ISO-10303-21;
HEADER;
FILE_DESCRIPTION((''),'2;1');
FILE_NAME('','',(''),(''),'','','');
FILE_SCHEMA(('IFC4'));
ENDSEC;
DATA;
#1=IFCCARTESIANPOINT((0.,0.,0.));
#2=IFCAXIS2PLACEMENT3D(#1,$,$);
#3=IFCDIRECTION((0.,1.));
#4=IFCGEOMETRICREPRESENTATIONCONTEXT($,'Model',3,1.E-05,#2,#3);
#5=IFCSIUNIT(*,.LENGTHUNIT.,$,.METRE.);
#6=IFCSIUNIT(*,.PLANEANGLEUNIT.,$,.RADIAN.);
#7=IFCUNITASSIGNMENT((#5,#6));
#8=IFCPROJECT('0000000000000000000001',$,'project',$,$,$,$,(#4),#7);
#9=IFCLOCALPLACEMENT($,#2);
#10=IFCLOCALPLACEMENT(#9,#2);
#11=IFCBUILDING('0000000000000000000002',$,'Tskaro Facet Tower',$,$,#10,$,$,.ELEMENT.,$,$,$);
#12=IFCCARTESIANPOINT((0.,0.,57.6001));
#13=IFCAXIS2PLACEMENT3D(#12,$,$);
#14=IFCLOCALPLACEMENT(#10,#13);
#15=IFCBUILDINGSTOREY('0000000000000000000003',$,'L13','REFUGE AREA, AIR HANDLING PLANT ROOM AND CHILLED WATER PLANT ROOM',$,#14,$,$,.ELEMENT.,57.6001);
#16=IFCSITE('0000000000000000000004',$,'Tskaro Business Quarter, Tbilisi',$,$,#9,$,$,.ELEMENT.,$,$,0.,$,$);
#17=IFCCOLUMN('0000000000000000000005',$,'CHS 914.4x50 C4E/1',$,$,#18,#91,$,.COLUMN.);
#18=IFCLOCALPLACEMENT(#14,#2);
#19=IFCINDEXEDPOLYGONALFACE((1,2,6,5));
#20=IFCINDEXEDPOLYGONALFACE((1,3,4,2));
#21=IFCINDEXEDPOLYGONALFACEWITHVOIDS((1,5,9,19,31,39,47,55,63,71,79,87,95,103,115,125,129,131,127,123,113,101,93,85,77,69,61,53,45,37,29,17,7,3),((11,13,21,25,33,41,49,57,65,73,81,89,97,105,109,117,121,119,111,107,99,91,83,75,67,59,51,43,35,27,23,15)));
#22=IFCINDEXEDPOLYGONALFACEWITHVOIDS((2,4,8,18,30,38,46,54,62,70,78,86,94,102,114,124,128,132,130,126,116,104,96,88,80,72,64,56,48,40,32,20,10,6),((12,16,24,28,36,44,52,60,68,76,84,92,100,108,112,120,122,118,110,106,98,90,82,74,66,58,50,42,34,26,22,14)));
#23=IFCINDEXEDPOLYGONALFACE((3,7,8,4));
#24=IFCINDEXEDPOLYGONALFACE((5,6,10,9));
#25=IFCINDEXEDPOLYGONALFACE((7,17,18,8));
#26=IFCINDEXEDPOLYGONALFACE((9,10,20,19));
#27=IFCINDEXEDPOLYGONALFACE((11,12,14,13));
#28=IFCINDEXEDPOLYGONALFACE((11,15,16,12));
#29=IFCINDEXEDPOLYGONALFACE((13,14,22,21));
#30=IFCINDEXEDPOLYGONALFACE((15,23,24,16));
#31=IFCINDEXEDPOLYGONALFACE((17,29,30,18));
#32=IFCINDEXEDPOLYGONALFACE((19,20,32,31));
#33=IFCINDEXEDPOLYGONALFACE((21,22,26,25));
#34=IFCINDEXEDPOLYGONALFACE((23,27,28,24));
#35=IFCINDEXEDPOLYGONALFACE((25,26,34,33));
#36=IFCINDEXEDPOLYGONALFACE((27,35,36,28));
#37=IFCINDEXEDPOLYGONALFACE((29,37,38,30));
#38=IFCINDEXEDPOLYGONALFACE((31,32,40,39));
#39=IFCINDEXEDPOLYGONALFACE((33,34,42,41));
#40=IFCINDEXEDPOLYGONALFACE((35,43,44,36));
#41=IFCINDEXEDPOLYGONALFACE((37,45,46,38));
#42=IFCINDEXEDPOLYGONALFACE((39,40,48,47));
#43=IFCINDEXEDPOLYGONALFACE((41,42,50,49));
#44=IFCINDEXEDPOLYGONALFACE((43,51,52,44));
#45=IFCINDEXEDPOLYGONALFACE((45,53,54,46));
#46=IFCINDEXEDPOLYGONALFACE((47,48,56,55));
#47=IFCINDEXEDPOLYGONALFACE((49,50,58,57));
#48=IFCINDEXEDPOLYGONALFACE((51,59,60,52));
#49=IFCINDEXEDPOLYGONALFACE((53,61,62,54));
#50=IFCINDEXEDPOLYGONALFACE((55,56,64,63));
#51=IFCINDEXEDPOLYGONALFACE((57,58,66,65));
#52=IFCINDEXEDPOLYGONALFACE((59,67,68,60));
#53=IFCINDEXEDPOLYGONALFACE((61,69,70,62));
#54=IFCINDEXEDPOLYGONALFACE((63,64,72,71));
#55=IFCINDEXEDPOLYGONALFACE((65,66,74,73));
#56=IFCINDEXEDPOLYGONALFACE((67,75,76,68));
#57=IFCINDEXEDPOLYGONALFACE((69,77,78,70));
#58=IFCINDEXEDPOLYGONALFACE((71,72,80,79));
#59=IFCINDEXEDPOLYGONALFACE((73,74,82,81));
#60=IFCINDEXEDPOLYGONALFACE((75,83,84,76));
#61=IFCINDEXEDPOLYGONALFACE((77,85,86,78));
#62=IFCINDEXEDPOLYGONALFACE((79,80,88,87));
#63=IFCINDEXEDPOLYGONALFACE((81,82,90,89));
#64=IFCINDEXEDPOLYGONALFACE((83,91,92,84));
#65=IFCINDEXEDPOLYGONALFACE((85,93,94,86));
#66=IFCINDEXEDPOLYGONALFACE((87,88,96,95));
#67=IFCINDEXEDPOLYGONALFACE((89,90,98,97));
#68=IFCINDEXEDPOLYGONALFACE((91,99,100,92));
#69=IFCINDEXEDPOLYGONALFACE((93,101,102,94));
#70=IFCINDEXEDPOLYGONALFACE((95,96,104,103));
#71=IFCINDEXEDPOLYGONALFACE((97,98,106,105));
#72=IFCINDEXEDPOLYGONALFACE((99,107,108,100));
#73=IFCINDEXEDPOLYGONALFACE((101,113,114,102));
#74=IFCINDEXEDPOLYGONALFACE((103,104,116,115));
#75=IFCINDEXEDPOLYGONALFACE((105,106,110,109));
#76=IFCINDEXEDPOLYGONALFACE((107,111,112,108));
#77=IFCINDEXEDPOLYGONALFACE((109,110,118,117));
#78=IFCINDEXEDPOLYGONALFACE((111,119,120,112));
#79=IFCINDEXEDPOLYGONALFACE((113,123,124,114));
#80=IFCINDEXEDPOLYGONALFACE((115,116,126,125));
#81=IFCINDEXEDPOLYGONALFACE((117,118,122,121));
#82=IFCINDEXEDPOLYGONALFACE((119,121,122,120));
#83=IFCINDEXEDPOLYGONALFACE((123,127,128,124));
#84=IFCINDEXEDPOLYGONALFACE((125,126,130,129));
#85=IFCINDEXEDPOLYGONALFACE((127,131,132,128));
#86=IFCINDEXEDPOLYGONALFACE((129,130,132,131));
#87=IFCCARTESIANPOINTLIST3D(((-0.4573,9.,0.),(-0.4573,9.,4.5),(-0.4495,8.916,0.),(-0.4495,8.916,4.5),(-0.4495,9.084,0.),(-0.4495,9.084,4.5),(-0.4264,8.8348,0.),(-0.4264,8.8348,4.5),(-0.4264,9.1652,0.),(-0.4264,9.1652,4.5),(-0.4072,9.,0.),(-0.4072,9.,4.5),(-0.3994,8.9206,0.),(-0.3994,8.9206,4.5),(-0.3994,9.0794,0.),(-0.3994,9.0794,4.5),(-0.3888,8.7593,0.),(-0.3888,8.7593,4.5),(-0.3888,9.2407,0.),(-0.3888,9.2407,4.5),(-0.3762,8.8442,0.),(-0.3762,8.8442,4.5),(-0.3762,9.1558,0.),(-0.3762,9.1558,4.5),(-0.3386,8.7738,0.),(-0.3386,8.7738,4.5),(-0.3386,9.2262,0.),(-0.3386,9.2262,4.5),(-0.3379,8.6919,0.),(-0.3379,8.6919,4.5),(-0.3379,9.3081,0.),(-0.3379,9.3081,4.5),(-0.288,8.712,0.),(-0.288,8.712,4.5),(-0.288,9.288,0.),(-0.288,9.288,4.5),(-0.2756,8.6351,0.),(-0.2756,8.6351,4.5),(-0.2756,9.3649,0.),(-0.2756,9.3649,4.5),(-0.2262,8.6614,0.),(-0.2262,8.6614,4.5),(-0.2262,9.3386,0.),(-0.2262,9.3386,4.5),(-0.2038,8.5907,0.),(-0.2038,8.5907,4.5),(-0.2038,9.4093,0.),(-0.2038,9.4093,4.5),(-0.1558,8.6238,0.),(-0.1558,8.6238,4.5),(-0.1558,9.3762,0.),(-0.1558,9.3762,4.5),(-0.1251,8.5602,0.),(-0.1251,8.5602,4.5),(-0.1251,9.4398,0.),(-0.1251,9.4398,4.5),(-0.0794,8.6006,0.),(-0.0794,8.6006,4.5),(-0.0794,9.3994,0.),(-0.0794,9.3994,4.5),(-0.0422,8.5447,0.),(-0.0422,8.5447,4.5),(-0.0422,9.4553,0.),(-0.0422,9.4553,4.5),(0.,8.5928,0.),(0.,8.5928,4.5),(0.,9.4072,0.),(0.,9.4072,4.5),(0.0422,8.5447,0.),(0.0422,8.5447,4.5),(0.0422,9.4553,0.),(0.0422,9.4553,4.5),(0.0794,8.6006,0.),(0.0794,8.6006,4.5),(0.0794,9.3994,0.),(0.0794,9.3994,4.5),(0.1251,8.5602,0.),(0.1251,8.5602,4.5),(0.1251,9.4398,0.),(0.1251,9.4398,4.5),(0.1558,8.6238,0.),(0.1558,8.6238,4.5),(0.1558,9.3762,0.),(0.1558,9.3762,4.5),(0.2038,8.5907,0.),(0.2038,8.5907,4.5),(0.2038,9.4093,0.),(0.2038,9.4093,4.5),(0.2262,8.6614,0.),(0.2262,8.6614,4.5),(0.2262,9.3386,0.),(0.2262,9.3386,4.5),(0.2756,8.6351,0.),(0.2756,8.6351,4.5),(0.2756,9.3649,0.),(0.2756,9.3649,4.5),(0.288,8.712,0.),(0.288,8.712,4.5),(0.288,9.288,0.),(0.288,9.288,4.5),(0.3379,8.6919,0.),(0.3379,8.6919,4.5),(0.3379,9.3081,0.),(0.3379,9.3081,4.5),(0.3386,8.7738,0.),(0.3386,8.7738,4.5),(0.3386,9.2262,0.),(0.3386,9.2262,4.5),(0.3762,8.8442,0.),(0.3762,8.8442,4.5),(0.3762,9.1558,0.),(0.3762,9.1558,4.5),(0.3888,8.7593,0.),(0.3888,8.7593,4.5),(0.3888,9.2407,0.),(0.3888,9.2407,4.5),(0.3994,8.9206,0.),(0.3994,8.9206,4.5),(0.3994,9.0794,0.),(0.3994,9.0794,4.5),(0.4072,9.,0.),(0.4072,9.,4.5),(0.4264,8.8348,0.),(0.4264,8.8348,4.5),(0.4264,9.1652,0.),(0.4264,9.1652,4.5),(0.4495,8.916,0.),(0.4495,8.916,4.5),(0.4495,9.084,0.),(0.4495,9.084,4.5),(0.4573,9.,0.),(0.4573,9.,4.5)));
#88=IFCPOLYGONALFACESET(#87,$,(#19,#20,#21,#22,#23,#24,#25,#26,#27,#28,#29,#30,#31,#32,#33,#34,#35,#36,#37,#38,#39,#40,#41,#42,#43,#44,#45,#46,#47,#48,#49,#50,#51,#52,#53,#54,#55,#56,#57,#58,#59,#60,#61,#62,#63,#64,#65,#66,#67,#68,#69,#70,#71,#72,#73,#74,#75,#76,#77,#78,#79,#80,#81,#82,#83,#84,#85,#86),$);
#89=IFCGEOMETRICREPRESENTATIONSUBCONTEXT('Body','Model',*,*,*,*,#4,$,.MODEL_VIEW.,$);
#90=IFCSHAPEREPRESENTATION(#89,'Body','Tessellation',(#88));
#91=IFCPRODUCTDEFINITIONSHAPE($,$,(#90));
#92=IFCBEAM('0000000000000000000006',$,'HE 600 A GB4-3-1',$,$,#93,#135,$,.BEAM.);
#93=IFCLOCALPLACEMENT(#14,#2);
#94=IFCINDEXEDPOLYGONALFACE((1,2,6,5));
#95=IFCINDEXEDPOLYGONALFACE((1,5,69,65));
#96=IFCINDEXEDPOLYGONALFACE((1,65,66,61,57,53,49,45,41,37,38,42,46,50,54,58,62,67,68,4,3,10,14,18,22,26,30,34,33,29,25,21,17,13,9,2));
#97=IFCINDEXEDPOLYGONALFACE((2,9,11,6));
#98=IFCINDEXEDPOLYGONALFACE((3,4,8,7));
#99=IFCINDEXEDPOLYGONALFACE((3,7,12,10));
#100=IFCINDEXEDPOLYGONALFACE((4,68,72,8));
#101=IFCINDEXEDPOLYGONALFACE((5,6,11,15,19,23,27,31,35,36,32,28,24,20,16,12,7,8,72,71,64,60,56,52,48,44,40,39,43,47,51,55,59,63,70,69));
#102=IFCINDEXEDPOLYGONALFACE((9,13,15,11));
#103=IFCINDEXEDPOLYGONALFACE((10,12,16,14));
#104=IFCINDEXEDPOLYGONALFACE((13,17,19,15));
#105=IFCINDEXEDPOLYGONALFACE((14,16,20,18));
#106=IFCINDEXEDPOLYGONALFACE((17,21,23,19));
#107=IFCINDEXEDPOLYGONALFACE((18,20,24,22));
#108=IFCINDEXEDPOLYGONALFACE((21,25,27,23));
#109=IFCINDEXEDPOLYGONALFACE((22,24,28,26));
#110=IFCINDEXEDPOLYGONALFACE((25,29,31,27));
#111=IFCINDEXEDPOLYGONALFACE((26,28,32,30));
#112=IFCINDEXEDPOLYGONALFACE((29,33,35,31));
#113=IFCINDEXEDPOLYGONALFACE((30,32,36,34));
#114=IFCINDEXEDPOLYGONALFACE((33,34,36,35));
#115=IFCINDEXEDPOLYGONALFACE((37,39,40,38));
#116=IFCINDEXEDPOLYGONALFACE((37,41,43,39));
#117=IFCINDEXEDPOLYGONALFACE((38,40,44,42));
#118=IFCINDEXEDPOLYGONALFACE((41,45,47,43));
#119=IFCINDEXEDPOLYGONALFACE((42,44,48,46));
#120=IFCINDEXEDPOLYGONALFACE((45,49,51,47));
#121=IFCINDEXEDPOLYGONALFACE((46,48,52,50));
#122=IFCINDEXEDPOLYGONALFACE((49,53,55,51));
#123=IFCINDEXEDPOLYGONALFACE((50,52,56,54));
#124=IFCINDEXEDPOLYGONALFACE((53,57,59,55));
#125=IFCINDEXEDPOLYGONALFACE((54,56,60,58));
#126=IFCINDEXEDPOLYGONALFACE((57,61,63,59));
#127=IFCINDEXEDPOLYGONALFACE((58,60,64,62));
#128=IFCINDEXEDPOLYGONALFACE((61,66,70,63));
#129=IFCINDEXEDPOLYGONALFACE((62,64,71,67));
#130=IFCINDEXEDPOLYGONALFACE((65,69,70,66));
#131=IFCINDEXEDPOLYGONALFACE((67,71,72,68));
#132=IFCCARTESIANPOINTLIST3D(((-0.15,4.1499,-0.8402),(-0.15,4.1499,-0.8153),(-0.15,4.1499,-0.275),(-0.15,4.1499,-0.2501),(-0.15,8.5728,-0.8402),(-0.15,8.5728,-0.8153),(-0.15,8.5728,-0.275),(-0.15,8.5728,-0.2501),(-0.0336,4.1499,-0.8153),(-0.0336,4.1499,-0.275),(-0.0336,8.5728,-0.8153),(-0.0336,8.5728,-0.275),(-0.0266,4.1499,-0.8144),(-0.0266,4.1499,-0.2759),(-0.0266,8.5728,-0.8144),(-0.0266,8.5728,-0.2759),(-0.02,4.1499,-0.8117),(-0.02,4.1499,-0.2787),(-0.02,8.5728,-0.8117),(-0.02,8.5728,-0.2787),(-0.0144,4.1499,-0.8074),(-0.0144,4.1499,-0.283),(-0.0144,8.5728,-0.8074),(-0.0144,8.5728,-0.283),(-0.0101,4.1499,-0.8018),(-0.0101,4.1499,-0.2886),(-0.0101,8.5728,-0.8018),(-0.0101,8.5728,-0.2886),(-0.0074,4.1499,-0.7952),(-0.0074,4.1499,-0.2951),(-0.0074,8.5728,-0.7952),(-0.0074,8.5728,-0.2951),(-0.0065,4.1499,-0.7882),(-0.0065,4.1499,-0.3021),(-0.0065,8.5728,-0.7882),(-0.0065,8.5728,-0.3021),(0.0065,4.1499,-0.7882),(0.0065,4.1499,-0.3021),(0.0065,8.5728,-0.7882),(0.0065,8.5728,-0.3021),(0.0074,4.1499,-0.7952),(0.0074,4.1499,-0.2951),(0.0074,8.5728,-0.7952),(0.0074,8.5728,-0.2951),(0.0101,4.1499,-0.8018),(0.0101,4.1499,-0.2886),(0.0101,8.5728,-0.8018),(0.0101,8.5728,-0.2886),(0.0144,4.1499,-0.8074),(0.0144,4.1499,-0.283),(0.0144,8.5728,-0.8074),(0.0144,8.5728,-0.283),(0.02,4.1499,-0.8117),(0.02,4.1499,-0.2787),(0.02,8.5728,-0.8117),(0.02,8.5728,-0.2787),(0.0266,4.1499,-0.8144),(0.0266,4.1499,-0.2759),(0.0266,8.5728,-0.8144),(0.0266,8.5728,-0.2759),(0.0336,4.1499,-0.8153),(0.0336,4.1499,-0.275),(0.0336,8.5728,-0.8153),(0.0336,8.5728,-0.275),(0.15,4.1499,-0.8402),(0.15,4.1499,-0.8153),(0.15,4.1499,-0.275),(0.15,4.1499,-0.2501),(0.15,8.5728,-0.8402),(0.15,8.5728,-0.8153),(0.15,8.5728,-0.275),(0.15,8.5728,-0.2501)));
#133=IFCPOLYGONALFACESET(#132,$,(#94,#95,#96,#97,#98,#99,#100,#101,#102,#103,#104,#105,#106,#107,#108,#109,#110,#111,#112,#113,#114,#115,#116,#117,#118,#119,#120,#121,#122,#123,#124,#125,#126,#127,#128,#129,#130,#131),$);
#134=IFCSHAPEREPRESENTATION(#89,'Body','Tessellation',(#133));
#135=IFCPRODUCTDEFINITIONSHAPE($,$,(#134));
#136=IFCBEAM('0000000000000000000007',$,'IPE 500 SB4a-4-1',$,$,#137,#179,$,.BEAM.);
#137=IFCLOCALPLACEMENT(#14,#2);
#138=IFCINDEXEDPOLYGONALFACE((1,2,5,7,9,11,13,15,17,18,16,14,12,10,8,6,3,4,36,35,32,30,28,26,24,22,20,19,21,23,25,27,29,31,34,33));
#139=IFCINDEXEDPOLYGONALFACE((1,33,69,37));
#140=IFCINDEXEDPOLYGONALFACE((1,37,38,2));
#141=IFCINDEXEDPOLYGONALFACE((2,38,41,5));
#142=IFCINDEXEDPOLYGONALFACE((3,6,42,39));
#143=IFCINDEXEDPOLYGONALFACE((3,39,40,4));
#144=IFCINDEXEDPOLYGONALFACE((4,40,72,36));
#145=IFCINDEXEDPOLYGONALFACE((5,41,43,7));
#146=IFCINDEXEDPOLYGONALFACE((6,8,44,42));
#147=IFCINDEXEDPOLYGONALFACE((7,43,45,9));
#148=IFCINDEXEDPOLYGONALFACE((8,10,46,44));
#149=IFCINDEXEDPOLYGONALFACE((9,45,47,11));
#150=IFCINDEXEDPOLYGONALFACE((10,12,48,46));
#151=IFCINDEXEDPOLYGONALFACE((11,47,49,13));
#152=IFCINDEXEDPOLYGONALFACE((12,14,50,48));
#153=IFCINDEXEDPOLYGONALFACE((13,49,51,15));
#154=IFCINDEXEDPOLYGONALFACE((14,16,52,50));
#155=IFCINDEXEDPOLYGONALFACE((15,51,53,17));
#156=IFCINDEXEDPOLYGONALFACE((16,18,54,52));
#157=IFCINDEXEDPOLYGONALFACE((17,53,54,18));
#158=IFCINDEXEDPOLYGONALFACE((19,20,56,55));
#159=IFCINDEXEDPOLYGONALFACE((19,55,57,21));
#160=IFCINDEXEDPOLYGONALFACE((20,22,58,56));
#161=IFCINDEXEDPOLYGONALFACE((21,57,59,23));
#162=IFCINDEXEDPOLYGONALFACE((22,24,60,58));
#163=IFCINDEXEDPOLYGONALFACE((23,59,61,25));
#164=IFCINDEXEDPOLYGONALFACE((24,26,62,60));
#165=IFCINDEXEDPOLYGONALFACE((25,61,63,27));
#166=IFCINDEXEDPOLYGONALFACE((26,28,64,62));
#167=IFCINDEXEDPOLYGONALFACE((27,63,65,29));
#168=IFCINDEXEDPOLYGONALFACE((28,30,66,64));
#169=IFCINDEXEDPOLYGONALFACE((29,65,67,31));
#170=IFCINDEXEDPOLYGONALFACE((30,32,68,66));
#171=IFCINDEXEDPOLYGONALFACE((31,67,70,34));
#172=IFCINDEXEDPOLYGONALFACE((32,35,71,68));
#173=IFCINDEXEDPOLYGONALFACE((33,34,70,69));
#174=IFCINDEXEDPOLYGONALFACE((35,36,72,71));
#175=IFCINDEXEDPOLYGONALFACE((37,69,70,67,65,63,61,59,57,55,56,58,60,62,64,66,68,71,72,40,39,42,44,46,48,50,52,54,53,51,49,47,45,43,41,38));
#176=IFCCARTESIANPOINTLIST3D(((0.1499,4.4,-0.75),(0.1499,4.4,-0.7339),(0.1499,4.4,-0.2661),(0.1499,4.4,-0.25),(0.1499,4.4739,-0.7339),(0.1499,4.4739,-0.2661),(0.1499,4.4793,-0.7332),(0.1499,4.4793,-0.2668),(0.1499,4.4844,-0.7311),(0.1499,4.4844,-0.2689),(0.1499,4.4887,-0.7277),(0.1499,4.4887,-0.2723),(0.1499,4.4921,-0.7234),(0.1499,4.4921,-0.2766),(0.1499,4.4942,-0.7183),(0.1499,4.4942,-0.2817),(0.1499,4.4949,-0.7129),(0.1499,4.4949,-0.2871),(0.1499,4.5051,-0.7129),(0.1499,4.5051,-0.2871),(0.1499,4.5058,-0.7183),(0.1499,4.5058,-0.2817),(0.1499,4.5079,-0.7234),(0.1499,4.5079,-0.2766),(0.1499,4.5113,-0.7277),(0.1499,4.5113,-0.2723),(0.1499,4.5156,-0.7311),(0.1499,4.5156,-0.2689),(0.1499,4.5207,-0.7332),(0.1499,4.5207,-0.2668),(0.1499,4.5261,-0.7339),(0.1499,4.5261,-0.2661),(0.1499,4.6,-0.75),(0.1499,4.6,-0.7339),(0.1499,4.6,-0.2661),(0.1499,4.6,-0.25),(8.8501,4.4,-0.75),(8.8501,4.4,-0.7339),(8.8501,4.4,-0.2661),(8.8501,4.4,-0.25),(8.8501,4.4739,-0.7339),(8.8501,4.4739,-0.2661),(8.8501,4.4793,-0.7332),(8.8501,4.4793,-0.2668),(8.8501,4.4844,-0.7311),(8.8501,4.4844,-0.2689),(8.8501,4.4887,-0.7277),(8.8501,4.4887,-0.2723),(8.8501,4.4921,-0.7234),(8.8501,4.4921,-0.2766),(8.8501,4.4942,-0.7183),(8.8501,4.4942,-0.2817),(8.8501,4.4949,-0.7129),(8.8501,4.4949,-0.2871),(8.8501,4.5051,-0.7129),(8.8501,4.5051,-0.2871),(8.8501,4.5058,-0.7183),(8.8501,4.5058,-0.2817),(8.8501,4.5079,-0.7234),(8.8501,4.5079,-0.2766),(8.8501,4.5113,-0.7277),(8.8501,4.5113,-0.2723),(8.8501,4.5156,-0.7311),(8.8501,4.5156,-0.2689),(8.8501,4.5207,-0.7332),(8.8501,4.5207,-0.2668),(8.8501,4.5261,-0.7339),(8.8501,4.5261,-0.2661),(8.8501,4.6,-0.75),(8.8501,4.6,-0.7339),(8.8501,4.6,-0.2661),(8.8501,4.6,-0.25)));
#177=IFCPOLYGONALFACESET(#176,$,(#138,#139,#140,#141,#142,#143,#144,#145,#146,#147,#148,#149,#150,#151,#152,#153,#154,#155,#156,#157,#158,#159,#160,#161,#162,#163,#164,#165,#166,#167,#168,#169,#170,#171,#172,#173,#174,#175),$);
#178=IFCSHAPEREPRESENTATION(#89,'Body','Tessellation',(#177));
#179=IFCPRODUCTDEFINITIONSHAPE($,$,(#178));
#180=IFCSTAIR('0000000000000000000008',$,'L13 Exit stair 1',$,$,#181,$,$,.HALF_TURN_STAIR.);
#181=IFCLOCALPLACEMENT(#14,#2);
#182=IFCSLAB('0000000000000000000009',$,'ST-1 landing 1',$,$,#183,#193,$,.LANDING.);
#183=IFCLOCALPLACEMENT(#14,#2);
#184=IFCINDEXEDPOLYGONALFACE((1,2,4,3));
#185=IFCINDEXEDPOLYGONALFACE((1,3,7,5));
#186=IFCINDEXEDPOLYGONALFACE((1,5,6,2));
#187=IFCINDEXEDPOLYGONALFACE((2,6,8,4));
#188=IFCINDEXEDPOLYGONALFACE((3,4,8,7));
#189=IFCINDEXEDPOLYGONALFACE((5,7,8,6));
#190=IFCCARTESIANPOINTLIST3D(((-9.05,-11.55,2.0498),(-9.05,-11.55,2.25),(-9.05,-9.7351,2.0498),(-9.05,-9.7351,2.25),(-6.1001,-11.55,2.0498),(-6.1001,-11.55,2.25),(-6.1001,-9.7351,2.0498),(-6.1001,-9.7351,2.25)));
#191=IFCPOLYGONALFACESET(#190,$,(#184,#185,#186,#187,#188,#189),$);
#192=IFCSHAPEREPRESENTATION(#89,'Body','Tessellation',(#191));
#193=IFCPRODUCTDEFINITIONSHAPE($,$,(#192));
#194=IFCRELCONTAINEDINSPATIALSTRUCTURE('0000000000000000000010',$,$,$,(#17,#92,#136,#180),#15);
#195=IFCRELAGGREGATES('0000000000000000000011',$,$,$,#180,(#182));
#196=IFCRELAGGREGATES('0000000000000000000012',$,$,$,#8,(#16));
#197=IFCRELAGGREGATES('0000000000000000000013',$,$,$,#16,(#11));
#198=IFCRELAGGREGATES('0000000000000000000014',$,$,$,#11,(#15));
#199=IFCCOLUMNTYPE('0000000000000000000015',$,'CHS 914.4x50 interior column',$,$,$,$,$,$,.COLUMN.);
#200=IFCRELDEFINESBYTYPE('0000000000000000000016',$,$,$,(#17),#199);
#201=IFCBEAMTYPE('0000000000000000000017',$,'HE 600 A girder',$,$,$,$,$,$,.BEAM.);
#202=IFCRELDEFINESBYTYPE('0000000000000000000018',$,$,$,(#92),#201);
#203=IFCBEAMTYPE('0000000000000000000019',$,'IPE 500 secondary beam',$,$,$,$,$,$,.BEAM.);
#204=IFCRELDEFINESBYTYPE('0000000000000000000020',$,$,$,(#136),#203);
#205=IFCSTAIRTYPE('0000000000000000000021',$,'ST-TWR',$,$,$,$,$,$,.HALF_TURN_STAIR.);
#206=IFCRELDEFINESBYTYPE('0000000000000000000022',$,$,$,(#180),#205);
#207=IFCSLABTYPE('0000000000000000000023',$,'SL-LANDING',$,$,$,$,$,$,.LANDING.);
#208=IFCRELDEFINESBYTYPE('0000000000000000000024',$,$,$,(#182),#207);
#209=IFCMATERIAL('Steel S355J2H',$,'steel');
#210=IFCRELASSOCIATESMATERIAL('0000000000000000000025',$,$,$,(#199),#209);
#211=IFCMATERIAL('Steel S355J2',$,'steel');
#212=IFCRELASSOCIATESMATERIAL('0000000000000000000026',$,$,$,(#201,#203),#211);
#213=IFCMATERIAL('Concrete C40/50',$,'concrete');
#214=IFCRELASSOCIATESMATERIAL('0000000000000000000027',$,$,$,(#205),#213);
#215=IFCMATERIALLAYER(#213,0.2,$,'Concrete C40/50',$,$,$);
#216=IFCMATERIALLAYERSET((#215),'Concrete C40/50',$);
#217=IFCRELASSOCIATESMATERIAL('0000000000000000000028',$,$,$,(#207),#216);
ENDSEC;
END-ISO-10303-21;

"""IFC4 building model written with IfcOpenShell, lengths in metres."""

from ifc_helpers import new_model, si_unit, direction, frame, origin, origin_2d, place, context, subcontext, project, spatial, polyline, hollow_circle, i_section, outline, extrude, material, layer, layer_set, material_profile, profile_set, type_object, element, aggregate, save


model = new_model("IFC4")

# Units and contexts
model_context = context("Model", 3, precision=1e-05, world=origin(), true_north=direction((0.0, 1.0)))
body_context = subcontext(model_context, "Body", "Model", "MODEL_VIEW")
ifc_project = project(units=[si_unit("LENGTHUNIT", "METRE"), si_unit("PLANEANGLEUNIT", "RADIAN")], contexts=[model_context])

# Site, building, storey
site_placement = place(None, origin())
site = spatial("IfcSite", under=ifc_project, at=site_placement, Name="Tskaro Business Quarter, Tbilisi", CompositionType="ELEMENT", RefElevation=0.0)
building_placement = place(site_placement, origin())
building = spatial("IfcBuilding", under=site, at=building_placement, Name="Tskaro Facet Tower", CompositionType="ELEMENT")
storey_placement = place(building_placement, frame((0.0, 0.0, 57.6001)))
storey = spatial("IfcBuildingStorey", under=building, at=storey_placement, Name="L13", Description="REFUGE AREA, AIR HANDLING PLANT ROOM AND CHILLED WATER PLANT ROOM", CompositionType="ELEMENT", Elevation=57.6001)

# Column
ifc_material_1 = material(Name="Steel S355J2H", Category="steel")
ifc_material_profile_1 = material_profile(ifc_material_1, hollow_circle(Radius=0.4573, WallThickness=0.05, at=origin_2d()), Name="CHS 914.4x50")
ifc_profile_set_1 = profile_set([ifc_material_profile_1], Name="Steel S355J2H")
column_type = type_object("IfcColumnType", Name="CHS 914.4x50 interior column", PredefinedType="COLUMN", material=ifc_profile_set_1)
column_placement = place(storey_placement, frame((0.0, 9.0, 0.0), z_axis=(0.0, 0.0, 1.0), x_axis=(1.0, 0.0, 0.0)))
element("IfcColumn", 1, at=column_placement, inside=storey, type_object=column_type, Name="CHS 914.4x50 C4E/1", PredefinedType="COLUMN", context=body_context, shape_type="SweptSolid", body=[
    extrude(hollow_circle(Radius=0.4573, WallThickness=0.05, at=origin_2d()), origin(), (0.0, 0.0, 1.0), 4.5),
])

# Beams
ifc_material_2 = material(Name="Steel S355J2", Category="steel")
ifc_material_profile_2 = material_profile(ifc_material_2, i_section(OverallWidth=0.3, OverallDepth=0.5901, WebThickness=0.0129, FlangeThickness=0.0249, FilletRadius=0.0271, at=origin_2d()), Name="HE 600 A")
ifc_profile_set_2 = profile_set([ifc_material_profile_2], Name="Steel S355J2")
beam_type_1 = type_object("IfcBeamType", Name="HE 600 A girder", PredefinedType="BEAM", material=ifc_profile_set_2)
beam_1_placement = place(storey_placement, frame((0.0, 4.1499, -0.5452), z_axis=(0.0, 1.0, 0.0), x_axis=(-1.0, 0.0, 0.0)))
element("IfcBeam", 2, at=beam_1_placement, inside=storey, type_object=beam_type_1, Name="HE 600 A GB4-3-1", PredefinedType="BEAM", context=body_context, shape_type="SweptSolid", body=[
    extrude(i_section(OverallWidth=0.3, OverallDepth=0.5901, WebThickness=0.0129, FlangeThickness=0.0249, FilletRadius=0.0271, at=origin_2d()), origin(), (0.0, 0.0, 1.0), 4.4229),
])
ifc_material_profile_3 = material_profile(ifc_material_2, i_section(OverallWidth=0.2, OverallDepth=0.5, WebThickness=0.0103, FlangeThickness=0.0161, FilletRadius=0.021, at=origin_2d()), Name="IPE 500")
ifc_profile_set_3 = profile_set([ifc_material_profile_3], Name="Steel S355J2")
beam_type_2 = type_object("IfcBeamType", Name="IPE 500 secondary beam", PredefinedType="BEAM", material=ifc_profile_set_3)
beam_2_placement = place(storey_placement, frame((0.1499, 4.5, -0.5), z_axis=(1.0, 0.0, 0.0), x_axis=(0.0, 1.0, 0.0)))
element("IfcBeam", 3, at=beam_2_placement, inside=storey, type_object=beam_type_2, Name="IPE 500 SB4a-4-1", PredefinedType="BEAM", context=body_context, shape_type="SweptSolid", body=[
    extrude(i_section(OverallWidth=0.2, OverallDepth=0.5, WebThickness=0.0103, FlangeThickness=0.0161, FilletRadius=0.021, at=origin_2d()), origin(), (0.0, 0.0, 1.0), 8.7002),
])

# Stair, slab
ifc_material_3 = material(Name="Concrete C40/50", Category="concrete")
stair_type = type_object("IfcStairType", Name="ST-TWR", PredefinedType="HALF_TURN_STAIR", material=ifc_material_3)
stair_1_placement = place(storey_placement, origin())
stair_1 = element("IfcStair", 4, at=stair_1_placement, inside=storey, type_object=stair_type, Name="L13 Exit stair 1", PredefinedType="HALF_TURN_STAIR")
ifc_layer_1 = layer(ifc_material_3, 0.2, Name="Concrete C40/50")
ifc_layer_set_1 = layer_set([ifc_layer_1], Name="Concrete C40/50")
slab_type_1 = type_object("IfcSlabType", Name="SL-LANDING", PredefinedType="LANDING", material=ifc_layer_set_1)
slab_1_placement = place(storey_placement, frame((0.0, 0.0, 2.0498)))
slab_1 = element("IfcSlab", 5, at=slab_1_placement, type_object=slab_type_1, Name="ST-1 landing 1", PredefinedType="LANDING", context=body_context, shape_type="SweptSolid", body=[
    extrude(outline(polyline([(-9.05, -11.55), (-6.1001, -11.55), (-6.1001, -9.7351), (-9.05, -9.7351), (-9.05, -11.55)])), origin(), (0.0, 0.0, 1.0), 0.2002),
])
aggregate(stair_1, [slab_1])

save(model, "model.ifc")
